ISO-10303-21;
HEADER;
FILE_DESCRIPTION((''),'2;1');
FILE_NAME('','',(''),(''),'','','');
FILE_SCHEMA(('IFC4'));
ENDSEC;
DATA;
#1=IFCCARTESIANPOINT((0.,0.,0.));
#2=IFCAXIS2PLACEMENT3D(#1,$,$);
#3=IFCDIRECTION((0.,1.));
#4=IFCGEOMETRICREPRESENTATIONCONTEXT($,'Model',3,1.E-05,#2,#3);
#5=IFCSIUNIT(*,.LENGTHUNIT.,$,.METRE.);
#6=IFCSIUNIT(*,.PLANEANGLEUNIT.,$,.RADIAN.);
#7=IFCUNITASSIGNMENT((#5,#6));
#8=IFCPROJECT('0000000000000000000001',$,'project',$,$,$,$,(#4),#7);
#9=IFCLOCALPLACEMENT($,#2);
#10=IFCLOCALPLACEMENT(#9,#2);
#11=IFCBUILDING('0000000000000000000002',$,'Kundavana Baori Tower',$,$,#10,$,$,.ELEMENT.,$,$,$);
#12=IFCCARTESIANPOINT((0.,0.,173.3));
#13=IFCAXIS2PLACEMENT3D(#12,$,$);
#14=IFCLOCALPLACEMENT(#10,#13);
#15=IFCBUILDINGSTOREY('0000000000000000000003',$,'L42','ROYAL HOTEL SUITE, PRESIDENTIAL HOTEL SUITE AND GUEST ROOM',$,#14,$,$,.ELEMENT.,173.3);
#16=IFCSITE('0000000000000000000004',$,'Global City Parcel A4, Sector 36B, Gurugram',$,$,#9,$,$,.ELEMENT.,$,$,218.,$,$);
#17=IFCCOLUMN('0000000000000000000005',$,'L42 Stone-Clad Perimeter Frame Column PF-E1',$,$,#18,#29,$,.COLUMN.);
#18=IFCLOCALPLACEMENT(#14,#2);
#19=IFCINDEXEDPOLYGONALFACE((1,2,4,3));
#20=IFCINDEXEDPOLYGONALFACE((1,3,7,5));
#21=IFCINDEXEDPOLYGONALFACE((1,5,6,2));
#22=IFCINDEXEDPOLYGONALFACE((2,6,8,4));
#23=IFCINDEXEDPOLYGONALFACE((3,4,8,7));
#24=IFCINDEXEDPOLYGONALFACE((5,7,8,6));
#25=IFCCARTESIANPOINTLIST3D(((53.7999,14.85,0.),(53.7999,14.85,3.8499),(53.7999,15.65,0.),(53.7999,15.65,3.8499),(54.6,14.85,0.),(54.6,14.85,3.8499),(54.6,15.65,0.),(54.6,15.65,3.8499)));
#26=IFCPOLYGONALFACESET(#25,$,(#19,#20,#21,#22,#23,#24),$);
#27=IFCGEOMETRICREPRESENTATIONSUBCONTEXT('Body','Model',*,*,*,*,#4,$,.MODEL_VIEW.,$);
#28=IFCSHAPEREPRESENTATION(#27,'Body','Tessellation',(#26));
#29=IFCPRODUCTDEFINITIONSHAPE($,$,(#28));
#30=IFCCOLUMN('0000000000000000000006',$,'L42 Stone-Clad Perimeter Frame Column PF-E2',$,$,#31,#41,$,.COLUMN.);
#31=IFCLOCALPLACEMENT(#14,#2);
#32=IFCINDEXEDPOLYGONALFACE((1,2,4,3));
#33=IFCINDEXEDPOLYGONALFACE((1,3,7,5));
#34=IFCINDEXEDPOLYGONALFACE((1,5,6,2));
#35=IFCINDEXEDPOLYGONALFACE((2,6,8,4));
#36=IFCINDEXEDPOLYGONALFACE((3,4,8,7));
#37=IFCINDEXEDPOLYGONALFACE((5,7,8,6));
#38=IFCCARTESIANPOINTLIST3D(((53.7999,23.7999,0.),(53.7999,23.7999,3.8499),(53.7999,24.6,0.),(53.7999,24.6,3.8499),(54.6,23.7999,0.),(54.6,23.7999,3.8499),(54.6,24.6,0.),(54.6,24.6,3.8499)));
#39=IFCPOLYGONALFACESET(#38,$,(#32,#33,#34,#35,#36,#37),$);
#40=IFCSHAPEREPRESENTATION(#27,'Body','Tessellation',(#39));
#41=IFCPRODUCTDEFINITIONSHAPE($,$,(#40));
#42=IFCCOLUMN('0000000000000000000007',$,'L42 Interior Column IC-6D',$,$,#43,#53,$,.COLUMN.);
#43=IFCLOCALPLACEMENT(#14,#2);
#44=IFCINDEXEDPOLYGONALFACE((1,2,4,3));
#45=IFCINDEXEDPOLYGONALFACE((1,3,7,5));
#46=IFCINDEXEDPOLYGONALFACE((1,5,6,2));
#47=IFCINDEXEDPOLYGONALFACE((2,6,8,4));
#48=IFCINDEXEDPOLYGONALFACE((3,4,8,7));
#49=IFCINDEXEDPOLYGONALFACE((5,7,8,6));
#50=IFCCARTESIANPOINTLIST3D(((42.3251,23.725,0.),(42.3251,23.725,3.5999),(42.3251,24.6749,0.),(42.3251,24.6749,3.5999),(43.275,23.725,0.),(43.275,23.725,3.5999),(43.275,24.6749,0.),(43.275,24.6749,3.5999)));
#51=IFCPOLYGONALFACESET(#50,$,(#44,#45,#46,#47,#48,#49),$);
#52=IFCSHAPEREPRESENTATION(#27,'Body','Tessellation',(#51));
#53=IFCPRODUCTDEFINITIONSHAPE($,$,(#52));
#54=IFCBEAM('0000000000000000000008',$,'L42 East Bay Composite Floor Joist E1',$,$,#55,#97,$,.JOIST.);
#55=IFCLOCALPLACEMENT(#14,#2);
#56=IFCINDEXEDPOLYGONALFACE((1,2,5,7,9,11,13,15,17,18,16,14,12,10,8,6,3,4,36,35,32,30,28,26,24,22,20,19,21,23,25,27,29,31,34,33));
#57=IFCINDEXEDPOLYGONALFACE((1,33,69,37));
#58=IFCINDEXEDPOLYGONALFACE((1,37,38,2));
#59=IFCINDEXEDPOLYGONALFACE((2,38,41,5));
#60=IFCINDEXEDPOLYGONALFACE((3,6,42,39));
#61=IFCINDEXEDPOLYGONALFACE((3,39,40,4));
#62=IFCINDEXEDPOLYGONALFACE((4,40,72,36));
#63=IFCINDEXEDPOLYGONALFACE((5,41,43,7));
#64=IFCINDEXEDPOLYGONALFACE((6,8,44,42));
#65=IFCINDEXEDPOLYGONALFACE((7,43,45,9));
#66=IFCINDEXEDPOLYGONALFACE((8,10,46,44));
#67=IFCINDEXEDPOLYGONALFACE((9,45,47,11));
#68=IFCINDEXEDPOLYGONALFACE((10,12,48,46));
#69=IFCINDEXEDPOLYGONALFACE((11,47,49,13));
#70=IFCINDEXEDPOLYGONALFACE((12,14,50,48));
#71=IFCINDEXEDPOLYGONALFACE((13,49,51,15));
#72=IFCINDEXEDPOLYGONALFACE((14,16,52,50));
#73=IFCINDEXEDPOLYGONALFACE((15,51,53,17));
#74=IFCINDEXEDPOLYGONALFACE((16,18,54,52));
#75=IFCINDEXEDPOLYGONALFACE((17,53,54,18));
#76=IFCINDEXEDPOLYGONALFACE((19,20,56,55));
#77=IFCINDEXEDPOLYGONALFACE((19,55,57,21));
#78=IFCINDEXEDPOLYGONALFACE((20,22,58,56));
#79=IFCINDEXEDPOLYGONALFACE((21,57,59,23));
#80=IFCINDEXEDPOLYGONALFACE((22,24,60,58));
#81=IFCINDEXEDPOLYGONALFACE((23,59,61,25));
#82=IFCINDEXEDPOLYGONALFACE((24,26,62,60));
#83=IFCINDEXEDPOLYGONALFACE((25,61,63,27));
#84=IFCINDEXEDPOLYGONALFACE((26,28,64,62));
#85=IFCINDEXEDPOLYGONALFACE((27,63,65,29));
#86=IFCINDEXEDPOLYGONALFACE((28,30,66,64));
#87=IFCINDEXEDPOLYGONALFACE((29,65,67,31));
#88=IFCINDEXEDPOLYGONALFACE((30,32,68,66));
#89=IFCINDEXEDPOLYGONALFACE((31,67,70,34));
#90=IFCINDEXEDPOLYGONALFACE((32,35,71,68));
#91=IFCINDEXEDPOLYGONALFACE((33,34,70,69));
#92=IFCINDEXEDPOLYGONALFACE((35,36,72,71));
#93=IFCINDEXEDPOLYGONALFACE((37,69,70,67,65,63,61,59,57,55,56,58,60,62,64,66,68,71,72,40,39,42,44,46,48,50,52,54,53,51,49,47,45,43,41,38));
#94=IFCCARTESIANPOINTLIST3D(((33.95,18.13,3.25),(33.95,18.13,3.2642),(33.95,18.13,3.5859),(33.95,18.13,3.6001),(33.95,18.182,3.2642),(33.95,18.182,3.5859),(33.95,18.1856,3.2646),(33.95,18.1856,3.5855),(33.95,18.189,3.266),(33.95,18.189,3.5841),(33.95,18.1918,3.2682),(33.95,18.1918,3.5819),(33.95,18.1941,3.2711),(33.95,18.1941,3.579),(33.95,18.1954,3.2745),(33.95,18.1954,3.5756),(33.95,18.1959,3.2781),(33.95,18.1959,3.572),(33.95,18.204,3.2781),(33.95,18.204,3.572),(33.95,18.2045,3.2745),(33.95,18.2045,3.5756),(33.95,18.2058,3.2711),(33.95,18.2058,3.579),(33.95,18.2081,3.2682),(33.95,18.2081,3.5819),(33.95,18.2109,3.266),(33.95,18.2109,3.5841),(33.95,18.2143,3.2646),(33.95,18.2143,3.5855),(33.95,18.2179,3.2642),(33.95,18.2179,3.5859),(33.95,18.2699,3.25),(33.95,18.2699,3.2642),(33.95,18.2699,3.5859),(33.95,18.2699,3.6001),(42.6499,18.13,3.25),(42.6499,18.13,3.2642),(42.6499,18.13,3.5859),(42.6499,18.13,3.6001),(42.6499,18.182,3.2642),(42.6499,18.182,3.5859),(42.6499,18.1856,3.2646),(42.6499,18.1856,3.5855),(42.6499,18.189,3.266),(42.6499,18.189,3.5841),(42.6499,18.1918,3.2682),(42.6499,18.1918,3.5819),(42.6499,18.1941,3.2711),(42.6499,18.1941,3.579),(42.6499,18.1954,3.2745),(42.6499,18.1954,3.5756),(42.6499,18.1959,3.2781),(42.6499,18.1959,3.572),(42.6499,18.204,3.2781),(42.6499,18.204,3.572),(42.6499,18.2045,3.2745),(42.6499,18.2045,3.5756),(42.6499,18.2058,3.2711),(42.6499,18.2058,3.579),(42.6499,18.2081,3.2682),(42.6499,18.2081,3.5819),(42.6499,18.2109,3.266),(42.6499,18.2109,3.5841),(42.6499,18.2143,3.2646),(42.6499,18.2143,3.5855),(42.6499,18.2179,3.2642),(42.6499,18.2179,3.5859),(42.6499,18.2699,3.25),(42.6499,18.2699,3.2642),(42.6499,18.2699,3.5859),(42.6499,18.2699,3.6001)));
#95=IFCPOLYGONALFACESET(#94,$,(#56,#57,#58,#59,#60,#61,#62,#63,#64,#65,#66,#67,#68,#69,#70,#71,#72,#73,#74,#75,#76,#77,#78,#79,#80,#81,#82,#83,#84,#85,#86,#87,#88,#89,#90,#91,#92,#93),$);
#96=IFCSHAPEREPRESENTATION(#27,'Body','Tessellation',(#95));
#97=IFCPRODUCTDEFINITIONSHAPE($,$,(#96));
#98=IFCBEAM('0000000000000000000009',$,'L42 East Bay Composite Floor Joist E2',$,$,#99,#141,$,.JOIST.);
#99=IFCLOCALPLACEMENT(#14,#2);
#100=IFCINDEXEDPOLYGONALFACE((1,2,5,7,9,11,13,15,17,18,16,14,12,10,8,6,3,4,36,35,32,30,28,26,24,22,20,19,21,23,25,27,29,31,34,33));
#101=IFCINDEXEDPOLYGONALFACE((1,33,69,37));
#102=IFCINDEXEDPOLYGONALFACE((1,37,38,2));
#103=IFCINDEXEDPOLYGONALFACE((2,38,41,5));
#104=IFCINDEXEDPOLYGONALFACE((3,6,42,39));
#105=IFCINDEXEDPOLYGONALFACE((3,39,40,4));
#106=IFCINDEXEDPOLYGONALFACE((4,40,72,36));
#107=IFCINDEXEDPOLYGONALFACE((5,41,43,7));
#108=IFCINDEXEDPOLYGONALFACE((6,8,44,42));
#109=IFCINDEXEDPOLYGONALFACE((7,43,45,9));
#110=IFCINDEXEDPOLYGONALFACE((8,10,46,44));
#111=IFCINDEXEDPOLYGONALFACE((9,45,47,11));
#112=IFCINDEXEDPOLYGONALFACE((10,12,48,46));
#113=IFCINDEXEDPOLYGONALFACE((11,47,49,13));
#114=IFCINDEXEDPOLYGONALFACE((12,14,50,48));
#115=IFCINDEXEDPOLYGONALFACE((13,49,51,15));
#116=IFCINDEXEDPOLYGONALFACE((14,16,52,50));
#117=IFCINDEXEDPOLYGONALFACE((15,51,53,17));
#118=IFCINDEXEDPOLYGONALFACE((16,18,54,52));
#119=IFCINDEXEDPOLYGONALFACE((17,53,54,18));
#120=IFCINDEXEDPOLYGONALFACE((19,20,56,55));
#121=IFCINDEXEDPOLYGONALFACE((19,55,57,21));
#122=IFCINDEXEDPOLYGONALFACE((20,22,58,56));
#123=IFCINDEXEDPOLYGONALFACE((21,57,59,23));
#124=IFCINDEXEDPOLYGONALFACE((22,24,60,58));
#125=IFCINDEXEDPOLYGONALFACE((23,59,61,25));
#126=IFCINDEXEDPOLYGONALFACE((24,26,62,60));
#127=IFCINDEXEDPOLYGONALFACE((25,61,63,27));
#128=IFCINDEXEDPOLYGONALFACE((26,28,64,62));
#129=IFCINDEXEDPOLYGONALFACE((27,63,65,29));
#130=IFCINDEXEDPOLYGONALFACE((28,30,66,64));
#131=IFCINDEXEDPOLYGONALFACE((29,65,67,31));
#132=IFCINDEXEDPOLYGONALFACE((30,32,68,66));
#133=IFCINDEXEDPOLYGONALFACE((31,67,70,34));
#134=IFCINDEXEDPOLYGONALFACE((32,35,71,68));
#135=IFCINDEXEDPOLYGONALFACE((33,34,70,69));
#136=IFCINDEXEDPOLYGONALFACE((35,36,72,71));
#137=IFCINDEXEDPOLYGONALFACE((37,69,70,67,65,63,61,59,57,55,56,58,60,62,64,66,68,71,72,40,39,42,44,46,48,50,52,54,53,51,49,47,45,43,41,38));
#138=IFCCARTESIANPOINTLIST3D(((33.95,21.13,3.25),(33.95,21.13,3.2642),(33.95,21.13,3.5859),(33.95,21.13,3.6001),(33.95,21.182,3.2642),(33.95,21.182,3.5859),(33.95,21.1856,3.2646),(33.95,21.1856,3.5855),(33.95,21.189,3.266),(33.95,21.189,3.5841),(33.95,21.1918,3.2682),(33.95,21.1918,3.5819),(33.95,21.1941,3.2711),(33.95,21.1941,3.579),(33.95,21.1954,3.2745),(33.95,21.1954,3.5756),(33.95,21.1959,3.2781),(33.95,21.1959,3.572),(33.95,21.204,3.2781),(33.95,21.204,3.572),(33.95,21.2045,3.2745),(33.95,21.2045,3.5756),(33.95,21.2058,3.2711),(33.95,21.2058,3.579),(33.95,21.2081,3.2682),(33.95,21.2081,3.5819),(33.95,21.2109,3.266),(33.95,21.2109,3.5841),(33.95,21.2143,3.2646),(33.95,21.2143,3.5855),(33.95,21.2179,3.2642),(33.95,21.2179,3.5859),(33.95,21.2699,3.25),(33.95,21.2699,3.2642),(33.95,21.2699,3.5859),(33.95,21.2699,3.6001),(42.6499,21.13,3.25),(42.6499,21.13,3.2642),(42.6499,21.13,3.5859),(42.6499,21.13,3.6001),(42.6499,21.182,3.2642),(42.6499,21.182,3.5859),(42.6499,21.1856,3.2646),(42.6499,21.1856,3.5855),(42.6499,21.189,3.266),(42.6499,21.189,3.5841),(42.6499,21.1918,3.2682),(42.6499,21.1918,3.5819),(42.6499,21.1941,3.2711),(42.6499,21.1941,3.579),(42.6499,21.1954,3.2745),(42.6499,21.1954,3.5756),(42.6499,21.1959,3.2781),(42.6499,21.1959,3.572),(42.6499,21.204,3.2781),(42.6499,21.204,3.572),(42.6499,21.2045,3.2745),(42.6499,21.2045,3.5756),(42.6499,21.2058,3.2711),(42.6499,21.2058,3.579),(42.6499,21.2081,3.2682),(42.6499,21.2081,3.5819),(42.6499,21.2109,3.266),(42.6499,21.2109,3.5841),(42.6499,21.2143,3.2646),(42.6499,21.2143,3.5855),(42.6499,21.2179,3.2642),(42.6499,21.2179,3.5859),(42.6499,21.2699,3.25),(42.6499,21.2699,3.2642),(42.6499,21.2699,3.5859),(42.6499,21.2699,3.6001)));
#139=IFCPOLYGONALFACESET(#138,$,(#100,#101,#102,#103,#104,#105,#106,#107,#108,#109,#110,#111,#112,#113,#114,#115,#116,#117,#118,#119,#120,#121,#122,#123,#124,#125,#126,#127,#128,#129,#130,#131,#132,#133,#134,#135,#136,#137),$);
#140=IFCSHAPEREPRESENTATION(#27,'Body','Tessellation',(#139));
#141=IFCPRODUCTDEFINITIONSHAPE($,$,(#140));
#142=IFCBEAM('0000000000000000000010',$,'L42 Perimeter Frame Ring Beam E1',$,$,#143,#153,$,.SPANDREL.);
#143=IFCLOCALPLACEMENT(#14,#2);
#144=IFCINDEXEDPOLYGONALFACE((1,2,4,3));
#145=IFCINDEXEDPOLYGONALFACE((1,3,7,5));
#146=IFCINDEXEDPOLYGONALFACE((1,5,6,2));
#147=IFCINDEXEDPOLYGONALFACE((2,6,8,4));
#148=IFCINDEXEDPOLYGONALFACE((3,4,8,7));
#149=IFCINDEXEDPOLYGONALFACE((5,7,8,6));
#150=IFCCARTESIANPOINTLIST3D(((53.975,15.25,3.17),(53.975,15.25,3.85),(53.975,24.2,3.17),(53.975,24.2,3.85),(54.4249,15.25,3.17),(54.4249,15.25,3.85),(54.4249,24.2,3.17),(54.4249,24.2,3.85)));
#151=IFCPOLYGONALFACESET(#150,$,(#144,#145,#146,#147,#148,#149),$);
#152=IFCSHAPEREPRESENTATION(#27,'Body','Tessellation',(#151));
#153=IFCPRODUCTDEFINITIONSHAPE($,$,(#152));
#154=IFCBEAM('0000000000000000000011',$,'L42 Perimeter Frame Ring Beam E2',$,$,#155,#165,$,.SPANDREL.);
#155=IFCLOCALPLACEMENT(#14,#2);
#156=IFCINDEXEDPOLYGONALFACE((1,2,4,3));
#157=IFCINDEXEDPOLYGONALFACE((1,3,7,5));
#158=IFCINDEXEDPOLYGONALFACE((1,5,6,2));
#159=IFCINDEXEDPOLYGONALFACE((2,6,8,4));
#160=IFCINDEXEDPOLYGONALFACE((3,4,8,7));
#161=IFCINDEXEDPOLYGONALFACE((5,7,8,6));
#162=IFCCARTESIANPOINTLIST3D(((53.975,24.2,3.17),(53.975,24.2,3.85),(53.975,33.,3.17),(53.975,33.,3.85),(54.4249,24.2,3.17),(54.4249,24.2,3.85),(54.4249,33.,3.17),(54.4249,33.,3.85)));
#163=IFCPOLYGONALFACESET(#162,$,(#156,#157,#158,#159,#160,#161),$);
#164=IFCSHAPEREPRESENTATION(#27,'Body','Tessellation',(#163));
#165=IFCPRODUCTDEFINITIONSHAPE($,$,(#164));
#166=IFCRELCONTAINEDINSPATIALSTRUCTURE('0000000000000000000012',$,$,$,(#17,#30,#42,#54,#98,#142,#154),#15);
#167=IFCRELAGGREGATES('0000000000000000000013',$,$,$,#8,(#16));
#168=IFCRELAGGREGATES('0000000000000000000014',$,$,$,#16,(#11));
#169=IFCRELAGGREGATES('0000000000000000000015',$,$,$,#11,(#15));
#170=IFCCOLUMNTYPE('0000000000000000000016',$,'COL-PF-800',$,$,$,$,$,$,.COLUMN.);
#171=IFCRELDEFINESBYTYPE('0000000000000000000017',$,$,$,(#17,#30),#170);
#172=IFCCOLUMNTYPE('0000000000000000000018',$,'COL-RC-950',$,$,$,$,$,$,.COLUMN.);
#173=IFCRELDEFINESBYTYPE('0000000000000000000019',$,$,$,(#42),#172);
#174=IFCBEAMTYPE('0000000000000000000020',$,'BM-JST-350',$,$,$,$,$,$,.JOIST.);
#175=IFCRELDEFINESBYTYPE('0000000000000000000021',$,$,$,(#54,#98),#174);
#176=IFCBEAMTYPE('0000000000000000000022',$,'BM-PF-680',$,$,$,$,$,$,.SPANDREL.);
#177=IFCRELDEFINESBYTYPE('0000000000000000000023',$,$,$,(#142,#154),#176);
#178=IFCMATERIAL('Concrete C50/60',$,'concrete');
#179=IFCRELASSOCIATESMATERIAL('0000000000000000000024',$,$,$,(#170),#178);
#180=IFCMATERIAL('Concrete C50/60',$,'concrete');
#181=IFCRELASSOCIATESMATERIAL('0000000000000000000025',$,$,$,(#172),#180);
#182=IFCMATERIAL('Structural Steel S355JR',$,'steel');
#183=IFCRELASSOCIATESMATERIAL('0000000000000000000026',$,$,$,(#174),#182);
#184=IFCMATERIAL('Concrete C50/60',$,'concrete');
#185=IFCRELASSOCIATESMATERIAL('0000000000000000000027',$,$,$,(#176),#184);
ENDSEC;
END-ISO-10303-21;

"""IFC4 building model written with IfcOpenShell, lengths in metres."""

from ifc_helpers import new_model, si_unit, direction, frame, origin, origin_2d, place, context, subcontext, project, spatial, rectangle, i_section, extrude, material, material_profile, profile_set, type_object, element, save


model = new_model("IFC4")

# Units and contexts
model_context = context("Model", 3, precision=1e-05, world=origin(), true_north=direction((0.0, 1.0)))
body_context = subcontext(model_context, "Body", "Model", "MODEL_VIEW")
ifc_project = project(units=[si_unit("LENGTHUNIT", "METRE"), si_unit("PLANEANGLEUNIT", "RADIAN")], contexts=[model_context])

# Site, building, storey
site_placement = place(None, origin())
site = spatial("IfcSite", under=ifc_project, at=site_placement, Name="Global City Parcel A4, Sector 36B, Gurugram", CompositionType="ELEMENT", RefElevation=218.0)
building_placement = place(site_placement, origin())
building = spatial("IfcBuilding", under=site, at=building_placement, Name="Kundavana Baori Tower", CompositionType="ELEMENT")
storey_placement = place(building_placement, frame((0.0, 0.0, 173.3)))
storey = spatial("IfcBuildingStorey", under=building, at=storey_placement, Name="L42", Description="ROYAL HOTEL SUITE, PRESIDENTIAL HOTEL SUITE AND GUEST ROOM", CompositionType="ELEMENT", Elevation=173.3)

# Columns
ifc_material_1 = material(Name="Concrete C50/60", Category="concrete")
ifc_material_profile_1 = material_profile(ifc_material_1, rectangle(XDim=0.8, YDim=0.8, at=origin_2d()), Name="RC PF 800x800")
ifc_profile_set_1 = profile_set([ifc_material_profile_1], Name="Concrete C50/60")
column_type_1 = type_object("IfcColumnType", Name="COL-PF-800", PredefinedType="COLUMN", material=ifc_profile_set_1)
for number, where, z_axis, x_axis, name in (
    (1, (54.2, 15.25, 0.0), (0.0, 0.0, 1.0), (1.0, 0.0, 0.0), "L42 Stone-Clad Perimeter Frame Column PF-E1"),
    (2, (54.2, 24.2, 0.0), (0.0, 0.0, 1.0), (1.0, 0.0, 0.0), "L42 Stone-Clad Perimeter Frame Column PF-E2"),
):
    element("IfcColumn", number, at=place(storey_placement, frame(where, z_axis=z_axis, x_axis=x_axis)), inside=storey, type_object=column_type_1, Name=name, PredefinedType="COLUMN", context=body_context, shape_type="SweptSolid", body=[
        extrude(rectangle(XDim=0.8, YDim=0.8, at=origin_2d()), origin(), (0.0, 0.0, 1.0), 3.8499),
    ])
ifc_material_2 = material(Name="Concrete C50/60", Category="concrete")
ifc_material_profile_2 = material_profile(ifc_material_2, rectangle(XDim=0.95, YDim=0.95, at=origin_2d()), Name="RC 950x950")
ifc_profile_set_2 = profile_set([ifc_material_profile_2], Name="Concrete C50/60")
column_type_2 = type_object("IfcColumnType", Name="COL-RC-950", PredefinedType="COLUMN", material=ifc_profile_set_2)
column_placement = place(storey_placement, frame((42.8, 24.2, 0.0), z_axis=(0.0, 0.0, 1.0), x_axis=(1.0, 0.0, 0.0)))
element("IfcColumn", 3, at=column_placement, inside=storey, type_object=column_type_2, Name="L42 Interior Column IC-6D", PredefinedType="COLUMN", context=body_context, shape_type="SweptSolid", body=[
    extrude(rectangle(XDim=0.95, YDim=0.95, at=origin_2d()), origin(), (0.0, 0.0, 1.0), 3.5999),
])

# Beams
ifc_material_3 = material(Name="Structural Steel S355JR", Category="steel")
ifc_material_profile_3 = material_profile(ifc_material_3, i_section(OverallWidth=0.1399, OverallDepth=0.3501, WebThickness=0.0081, FlangeThickness=0.0142, FilletRadius=0.0139, at=origin_2d()), Name="ISMB 350")
ifc_profile_set_3 = profile_set([ifc_material_profile_3], Name="Structural Steel S355JR")
beam_type_1 = type_object("IfcBeamType", Name="BM-JST-350", PredefinedType="JOIST", material=ifc_profile_set_3)
for number, where, z_axis, x_axis, name in (
    (4, (33.95, 18.2, 3.425), (1.0, 0.0, 0.0), (0.0, 1.0, 0.0), "L42 East Bay Composite Floor Joist E1"),
    (5, (33.95, 21.2, 3.425), (1.0, 0.0, 0.0), (0.0, 1.0, 0.0), "L42 East Bay Composite Floor Joist E2"),
):
    element("IfcBeam", number, at=place(storey_placement, frame(where, z_axis=z_axis, x_axis=x_axis)), inside=storey, type_object=beam_type_1, Name=name, PredefinedType="JOIST", context=body_context, shape_type="SweptSolid", body=[
        extrude(i_section(OverallWidth=0.1399, OverallDepth=0.3501, WebThickness=0.0081, FlangeThickness=0.0142, FilletRadius=0.0139, at=origin_2d()), origin(), (0.0, 0.0, 1.0), 8.7),
    ])
ifc_material_4 = material(Name="Concrete C50/60", Category="concrete")
ifc_material_profile_4 = material_profile(ifc_material_4, rectangle(XDim=0.45, YDim=0.6799, at=origin_2d()), Name="RC BM 450x680")
ifc_profile_set_4 = profile_set([ifc_material_profile_4], Name="Concrete C50/60")
beam_type_2 = type_object("IfcBeamType", Name="BM-PF-680", PredefinedType="SPANDREL", material=ifc_profile_set_4)
beam_1_placement = place(storey_placement, frame((54.2, 15.25, 3.51), z_axis=(0.0, 1.0, 0.0), x_axis=(-1.0, 0.0, 0.0)))
element("IfcBeam", 6, at=beam_1_placement, inside=storey, type_object=beam_type_2, Name="L42 Perimeter Frame Ring Beam E1", PredefinedType="SPANDREL", context=body_context, shape_type="SweptSolid", body=[
    extrude(rectangle(XDim=0.45, YDim=0.6799, at=origin_2d()), origin(), (0.0, 0.0, 1.0), 8.95),
])
beam_2_placement = place(storey_placement, frame((54.2, 24.2, 3.51), z_axis=(0.0, 1.0, 0.0), x_axis=(-1.0, 0.0, 0.0)))
element("IfcBeam", 7, at=beam_2_placement, inside=storey, type_object=beam_type_2, Name="L42 Perimeter Frame Ring Beam E2", PredefinedType="SPANDREL", context=body_context, shape_type="SweptSolid", body=[
    extrude(rectangle(XDim=0.45, YDim=0.6799, at=origin_2d()), origin(), (0.0, 0.0, 1.0), 8.8),
])

save(model, "model.ifc")
